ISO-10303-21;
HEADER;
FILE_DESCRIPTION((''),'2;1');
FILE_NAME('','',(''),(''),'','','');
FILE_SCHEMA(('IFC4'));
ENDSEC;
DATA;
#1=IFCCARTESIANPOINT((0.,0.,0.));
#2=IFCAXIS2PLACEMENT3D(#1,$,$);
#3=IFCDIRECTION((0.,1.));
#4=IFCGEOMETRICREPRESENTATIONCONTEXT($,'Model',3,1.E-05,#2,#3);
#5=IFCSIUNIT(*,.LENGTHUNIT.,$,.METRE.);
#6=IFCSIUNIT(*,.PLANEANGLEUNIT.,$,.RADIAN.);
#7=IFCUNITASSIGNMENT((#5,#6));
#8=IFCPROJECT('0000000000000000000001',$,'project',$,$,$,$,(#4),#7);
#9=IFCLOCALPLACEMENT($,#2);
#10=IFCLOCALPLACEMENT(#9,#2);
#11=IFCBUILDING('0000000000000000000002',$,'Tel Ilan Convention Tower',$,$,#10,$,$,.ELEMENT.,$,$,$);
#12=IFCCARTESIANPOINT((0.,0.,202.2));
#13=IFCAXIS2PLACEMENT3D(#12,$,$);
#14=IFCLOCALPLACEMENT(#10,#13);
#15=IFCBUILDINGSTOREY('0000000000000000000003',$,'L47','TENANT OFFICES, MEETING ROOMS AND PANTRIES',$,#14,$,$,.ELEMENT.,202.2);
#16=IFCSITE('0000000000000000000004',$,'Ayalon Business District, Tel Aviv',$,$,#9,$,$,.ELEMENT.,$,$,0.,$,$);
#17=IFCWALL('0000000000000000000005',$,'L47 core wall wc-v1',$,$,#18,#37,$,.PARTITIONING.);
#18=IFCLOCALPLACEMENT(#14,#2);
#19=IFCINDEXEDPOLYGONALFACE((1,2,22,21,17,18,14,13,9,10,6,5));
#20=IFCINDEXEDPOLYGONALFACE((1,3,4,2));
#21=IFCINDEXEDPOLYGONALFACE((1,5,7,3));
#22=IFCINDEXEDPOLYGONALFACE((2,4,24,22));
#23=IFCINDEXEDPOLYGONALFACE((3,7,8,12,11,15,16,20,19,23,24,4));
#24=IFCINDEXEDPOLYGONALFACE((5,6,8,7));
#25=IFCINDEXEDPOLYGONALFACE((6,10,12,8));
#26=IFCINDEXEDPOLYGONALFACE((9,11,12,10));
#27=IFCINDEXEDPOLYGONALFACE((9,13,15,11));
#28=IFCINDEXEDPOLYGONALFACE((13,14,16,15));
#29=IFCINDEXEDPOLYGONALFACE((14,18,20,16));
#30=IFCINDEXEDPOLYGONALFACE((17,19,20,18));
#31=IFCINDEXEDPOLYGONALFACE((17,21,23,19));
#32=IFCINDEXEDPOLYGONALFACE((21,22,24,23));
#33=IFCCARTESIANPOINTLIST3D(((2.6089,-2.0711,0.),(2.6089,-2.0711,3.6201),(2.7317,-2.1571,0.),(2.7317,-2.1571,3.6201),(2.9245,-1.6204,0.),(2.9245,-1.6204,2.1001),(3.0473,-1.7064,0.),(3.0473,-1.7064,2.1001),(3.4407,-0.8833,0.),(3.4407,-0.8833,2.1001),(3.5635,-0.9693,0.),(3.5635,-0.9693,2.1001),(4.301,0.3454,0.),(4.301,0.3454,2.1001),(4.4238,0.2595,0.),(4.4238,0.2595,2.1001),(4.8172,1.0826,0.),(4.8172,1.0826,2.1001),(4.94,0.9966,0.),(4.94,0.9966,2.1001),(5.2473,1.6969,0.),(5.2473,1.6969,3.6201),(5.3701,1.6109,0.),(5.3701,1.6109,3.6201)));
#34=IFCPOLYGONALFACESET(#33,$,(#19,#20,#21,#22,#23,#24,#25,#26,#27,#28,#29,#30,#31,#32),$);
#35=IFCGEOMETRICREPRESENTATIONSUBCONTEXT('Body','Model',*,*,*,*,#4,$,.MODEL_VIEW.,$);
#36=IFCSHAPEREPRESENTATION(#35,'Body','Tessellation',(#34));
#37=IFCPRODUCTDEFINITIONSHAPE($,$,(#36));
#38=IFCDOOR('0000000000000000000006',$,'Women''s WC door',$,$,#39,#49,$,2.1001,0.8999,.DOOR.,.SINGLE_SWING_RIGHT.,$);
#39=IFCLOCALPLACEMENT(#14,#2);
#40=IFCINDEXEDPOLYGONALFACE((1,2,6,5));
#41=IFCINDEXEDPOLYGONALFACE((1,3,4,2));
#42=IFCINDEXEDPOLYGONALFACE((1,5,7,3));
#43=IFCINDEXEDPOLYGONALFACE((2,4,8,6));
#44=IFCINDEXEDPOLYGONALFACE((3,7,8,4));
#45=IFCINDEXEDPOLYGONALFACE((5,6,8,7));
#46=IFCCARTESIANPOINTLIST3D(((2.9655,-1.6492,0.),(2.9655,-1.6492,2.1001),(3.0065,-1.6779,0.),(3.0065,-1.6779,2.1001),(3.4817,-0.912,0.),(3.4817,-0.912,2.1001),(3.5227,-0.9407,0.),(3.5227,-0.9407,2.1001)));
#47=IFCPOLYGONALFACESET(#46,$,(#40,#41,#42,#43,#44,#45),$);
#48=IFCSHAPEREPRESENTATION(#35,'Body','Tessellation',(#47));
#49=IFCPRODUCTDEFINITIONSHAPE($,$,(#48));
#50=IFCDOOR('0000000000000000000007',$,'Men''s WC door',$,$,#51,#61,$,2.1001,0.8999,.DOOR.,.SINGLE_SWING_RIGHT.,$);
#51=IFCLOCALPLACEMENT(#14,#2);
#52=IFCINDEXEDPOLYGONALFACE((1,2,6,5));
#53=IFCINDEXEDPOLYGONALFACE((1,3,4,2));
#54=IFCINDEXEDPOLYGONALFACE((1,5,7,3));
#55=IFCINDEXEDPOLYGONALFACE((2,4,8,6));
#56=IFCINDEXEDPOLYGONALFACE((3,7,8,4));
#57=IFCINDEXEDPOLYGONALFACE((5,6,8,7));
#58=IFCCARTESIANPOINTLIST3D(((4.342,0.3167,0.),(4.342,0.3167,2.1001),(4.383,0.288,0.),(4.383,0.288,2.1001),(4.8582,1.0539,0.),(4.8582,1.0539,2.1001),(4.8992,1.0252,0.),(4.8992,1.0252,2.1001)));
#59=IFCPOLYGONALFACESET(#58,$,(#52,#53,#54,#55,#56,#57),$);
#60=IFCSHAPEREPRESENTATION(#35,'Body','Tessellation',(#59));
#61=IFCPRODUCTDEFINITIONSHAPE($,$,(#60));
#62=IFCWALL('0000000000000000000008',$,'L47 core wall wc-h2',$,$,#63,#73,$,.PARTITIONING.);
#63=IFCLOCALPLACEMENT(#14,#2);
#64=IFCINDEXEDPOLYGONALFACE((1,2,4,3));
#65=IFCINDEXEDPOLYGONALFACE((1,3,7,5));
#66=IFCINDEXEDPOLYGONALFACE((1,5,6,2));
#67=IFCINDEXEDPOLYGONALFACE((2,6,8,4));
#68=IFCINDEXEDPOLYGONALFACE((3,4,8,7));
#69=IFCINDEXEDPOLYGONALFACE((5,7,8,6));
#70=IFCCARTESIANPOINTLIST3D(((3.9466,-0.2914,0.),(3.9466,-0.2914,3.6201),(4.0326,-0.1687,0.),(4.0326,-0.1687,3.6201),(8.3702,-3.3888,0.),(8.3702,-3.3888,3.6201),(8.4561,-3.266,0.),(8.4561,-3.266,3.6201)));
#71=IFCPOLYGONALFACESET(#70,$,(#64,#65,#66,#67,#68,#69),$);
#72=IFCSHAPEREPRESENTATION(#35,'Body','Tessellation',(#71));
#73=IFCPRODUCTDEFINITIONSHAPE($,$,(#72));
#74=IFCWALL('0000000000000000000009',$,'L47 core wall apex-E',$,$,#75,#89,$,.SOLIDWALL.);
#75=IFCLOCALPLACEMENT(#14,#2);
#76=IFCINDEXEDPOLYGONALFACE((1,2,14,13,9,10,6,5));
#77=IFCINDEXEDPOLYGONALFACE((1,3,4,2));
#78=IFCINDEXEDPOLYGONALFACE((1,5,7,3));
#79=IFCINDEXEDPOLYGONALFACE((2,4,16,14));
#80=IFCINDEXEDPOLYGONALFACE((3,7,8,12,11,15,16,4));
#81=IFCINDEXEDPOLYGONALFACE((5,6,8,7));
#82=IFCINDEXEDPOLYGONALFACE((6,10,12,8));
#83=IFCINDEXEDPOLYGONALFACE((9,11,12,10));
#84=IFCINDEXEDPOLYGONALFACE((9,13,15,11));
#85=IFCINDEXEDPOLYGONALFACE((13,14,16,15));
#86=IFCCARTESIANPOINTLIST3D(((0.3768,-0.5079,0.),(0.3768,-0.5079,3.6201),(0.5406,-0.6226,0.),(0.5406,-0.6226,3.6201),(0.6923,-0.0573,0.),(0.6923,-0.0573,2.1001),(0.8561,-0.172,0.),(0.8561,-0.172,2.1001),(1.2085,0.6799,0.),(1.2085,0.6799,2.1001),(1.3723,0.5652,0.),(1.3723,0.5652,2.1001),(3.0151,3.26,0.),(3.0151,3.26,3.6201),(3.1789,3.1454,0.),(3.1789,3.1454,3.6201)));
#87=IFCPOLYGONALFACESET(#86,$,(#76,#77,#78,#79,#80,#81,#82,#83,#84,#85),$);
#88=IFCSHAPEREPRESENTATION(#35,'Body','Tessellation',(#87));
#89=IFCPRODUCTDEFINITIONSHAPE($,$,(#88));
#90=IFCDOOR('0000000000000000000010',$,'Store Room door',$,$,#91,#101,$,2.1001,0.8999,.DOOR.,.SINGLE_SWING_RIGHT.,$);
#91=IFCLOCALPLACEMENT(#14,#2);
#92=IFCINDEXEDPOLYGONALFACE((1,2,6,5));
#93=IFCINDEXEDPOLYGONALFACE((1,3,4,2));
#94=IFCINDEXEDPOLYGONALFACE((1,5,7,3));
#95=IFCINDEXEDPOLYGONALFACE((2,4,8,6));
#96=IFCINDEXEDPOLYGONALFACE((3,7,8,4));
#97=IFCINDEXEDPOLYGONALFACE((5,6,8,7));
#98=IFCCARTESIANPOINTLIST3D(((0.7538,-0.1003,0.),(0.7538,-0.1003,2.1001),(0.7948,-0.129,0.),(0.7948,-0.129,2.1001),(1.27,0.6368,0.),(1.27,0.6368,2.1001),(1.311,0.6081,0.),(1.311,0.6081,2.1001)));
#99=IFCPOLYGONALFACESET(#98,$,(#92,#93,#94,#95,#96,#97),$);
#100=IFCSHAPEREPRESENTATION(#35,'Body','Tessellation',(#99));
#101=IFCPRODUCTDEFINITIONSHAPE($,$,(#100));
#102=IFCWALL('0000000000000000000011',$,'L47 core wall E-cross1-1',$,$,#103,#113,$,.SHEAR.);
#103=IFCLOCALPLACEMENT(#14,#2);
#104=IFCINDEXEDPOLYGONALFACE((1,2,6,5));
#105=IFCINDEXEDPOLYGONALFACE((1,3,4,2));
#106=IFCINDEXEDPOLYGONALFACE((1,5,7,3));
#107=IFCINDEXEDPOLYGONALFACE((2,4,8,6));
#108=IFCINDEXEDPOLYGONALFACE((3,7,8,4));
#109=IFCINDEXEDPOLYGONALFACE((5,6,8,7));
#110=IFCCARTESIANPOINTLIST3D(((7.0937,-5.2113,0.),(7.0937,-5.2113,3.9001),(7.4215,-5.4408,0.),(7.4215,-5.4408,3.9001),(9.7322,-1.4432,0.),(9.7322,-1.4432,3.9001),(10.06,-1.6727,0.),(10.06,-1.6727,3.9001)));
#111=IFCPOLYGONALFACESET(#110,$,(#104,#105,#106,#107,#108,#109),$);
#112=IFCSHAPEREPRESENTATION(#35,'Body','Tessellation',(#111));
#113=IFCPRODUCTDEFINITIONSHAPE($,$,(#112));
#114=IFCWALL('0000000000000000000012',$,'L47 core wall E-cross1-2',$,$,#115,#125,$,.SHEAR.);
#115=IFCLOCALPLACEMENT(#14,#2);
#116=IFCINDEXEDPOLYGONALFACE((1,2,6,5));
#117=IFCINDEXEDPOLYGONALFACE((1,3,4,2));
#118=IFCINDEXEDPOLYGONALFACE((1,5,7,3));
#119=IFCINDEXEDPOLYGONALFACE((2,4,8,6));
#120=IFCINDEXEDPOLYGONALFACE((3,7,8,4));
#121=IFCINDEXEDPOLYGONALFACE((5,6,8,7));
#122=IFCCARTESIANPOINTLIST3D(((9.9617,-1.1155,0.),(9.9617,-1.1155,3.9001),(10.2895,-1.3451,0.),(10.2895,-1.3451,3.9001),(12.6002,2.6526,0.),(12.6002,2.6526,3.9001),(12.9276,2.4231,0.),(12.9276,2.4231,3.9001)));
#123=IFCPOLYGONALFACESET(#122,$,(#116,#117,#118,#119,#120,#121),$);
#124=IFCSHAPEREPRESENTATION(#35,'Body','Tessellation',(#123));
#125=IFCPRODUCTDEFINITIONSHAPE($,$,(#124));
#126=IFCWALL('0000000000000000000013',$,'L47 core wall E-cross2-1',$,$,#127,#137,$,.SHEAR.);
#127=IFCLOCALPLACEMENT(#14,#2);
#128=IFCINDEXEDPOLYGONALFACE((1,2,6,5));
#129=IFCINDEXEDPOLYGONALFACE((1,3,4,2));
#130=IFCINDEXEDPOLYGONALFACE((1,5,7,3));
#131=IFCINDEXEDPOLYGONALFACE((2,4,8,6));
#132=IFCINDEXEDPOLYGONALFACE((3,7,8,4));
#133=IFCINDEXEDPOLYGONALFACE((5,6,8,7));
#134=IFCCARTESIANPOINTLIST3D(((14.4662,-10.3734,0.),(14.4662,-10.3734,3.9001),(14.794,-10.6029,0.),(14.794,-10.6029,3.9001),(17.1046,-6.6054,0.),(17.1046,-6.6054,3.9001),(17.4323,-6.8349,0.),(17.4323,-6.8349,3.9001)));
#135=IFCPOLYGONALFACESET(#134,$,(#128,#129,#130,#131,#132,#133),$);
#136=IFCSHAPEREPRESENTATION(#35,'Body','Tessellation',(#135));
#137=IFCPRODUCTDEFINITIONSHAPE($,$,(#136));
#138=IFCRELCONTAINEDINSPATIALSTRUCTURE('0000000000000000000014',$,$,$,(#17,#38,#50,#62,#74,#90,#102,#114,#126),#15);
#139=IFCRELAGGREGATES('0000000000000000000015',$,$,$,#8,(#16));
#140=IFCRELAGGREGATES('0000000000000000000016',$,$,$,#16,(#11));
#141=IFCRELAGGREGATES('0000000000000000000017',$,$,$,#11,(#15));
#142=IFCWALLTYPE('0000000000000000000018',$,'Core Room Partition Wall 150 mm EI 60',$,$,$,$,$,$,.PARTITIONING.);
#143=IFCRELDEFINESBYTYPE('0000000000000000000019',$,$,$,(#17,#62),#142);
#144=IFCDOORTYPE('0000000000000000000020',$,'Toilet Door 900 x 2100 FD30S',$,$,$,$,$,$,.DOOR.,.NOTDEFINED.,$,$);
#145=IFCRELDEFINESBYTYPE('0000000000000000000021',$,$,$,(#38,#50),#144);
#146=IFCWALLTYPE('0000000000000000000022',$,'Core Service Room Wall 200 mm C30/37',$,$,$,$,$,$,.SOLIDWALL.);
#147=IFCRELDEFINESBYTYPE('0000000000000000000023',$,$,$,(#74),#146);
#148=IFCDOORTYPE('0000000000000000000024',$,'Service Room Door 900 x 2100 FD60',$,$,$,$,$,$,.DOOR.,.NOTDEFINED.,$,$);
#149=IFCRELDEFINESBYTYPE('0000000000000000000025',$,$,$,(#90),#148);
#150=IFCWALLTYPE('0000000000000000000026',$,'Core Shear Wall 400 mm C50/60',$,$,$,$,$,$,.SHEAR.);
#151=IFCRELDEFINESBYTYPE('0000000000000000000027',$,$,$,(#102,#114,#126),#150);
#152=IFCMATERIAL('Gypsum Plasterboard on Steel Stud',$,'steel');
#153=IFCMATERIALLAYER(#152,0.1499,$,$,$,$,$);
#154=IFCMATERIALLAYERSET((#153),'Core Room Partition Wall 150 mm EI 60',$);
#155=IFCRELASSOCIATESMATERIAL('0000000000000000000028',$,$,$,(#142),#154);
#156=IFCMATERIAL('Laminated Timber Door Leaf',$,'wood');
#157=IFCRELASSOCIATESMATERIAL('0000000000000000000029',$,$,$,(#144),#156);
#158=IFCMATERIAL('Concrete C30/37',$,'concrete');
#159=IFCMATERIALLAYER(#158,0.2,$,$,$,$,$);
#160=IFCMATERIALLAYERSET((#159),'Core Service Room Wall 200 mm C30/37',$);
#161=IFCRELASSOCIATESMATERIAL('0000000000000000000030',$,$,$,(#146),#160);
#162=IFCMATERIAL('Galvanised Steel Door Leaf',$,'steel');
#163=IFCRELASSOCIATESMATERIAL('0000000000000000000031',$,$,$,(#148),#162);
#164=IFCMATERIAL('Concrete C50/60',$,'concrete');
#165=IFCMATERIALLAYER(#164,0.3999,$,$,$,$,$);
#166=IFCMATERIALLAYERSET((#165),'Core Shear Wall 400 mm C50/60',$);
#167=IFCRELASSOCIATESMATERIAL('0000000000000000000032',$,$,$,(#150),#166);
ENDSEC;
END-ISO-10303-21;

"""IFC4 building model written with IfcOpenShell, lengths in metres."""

from ifc_helpers import new_model, si_unit, direction, frame, frame_2d, origin, place, context, subcontext, project, spatial, polyline, rectangle, outline, extrude, material, layer, layer_set, type_object, element, fill, save


model = new_model("IFC4")

# Units and contexts
model_context = context("Model", 3, precision=1e-05, world=origin(), true_north=direction((0.0, 1.0)))
body_context = subcontext(model_context, "Body", "Model", "MODEL_VIEW")
ifc_project = project(units=[si_unit("LENGTHUNIT", "METRE"), si_unit("PLANEANGLEUNIT", "RADIAN")], contexts=[model_context])

# Site, building, storey
site_placement = place(None, origin())
site = spatial("IfcSite", under=ifc_project, at=site_placement, Name="Ayalon Business District, Tel Aviv", CompositionType="ELEMENT", RefElevation=0.0)
building_placement = place(site_placement, origin())
building = spatial("IfcBuilding", under=site, at=building_placement, Name="Tel Ilan Convention Tower", CompositionType="ELEMENT")
storey_placement = place(building_placement, frame((0.0, 0.0, 202.2)))
storey = spatial("IfcBuildingStorey", under=building, at=storey_placement, Name="L47", Description="TENANT OFFICES, MEETING ROOMS AND PANTRIES", CompositionType="ELEMENT", Elevation=202.2)

# Wall, openings, doors
ifc_material_1 = material(Name="Gypsum Plasterboard on Steel Stud", Category="steel")
ifc_layer_1 = layer(ifc_material_1, 0.1499)
ifc_layer_set_1 = layer_set([ifc_layer_1], Name="Core Room Partition Wall 150 mm EI 60")
wall_type_1 = type_object("IfcWallType", Name="Core Room Partition Wall 150 mm EI 60", PredefinedType="PARTITIONING", material=ifc_layer_set_1)
wall_1_placement = place(storey_placement, frame((2.6704, -2.114, 0.0), z_axis=(0.0, 0.0, 1.0), x_axis=(0.573576, 0.819152, 0.0)))
wall_1 = element("IfcWall", 1, at=wall_1_placement, inside=storey, type_object=wall_type_1, Name="L47 core wall wc-v1", PredefinedType="PARTITIONING", context=body_context, shape_type="SweptSolid", body=[
    extrude(rectangle(XDim=4.5999, YDim=0.1499, at=frame_2d((2.2998, 0.0))), origin(), (0.0, 0.0, 1.0), 3.6201),
])
opening_1_placement = place(wall_1_placement, frame((0.55, 0.0, 0.0)))
opening_1 = element("IfcOpeningElement", 2, at=opening_1_placement, cuts=wall_1, PredefinedType="OPENING", context=body_context, shape_type="SweptSolid", body=[
    extrude(rectangle(XDim=0.8999, YDim=2.1001, at=frame_2d((0.45, 1.05))), frame((0.0, 0.085, 0.0), z_axis=(0.0, -1.0, 0.0), x_axis=(1.0, 0.0, 0.0)), (0.0, 0.0, 1.0), 0.1699),
])
opening_2_placement = place(wall_1_placement, frame((2.95, 0.0, 0.0)))
opening_2 = element("IfcOpeningElement", 3, at=opening_2_placement, cuts=wall_1, PredefinedType="OPENING", context=body_context, shape_type="SweptSolid", body=[
    extrude(rectangle(XDim=0.8999, YDim=2.1001, at=frame_2d((0.45, 1.05))), frame((0.0, 0.085, 0.0), z_axis=(0.0, -1.0, 0.0), x_axis=(1.0, 0.0, 0.0)), (0.0, 0.0, 1.0), 0.1699),
])
ifc_material_2 = material(Name="Laminated Timber Door Leaf", Category="wood")
door_type_1 = type_object("IfcDoorType", Name="Toilet Door 900 x 2100 FD30S", OperationType="NOTDEFINED", PredefinedType="DOOR", material=ifc_material_2)
door_1_placement = place(opening_1_placement, origin())
door_1 = element("IfcDoor", 4, at=door_1_placement, inside=storey, type_object=door_type_1, Name="Women's WC door", OperationType="SINGLE_SWING_RIGHT", OverallHeight=2.1001, OverallWidth=0.8999, PredefinedType="DOOR", context=body_context, shape_type="SweptSolid", body=[
    extrude(rectangle(XDim=0.8999, YDim=2.1001, at=frame_2d((0.45, 1.05))), frame((0.0, 0.0249, 0.0), z_axis=(0.0, -1.0, 0.0), x_axis=(1.0, 0.0, 0.0)), (0.0, 0.0, 1.0), 0.05),
])
fill(opening_1, door_1)
door_2_placement = place(opening_2_placement, origin())
door_2 = element("IfcDoor", 5, at=door_2_placement, inside=storey, type_object=door_type_1, Name="Men's WC door", OperationType="SINGLE_SWING_RIGHT", OverallHeight=2.1001, OverallWidth=0.8999, PredefinedType="DOOR", context=body_context, shape_type="SweptSolid", body=[
    extrude(rectangle(XDim=0.8999, YDim=2.1001, at=frame_2d((0.45, 1.05))), frame((0.0, 0.0249, 0.0), z_axis=(0.0, -1.0, 0.0), x_axis=(1.0, 0.0, 0.0)), (0.0, 0.0, 1.0), 0.05),
])
fill(opening_2, door_2)

# Wall
wall_2_placement = place(storey_placement, frame((3.9895, -0.23, 0.0), z_axis=(0.0, 0.0, 1.0), x_axis=(0.819153, -0.573575, 0.0)))
element("IfcWall", 6, at=wall_2_placement, inside=storey, type_object=wall_type_1, Name="L47 core wall wc-h2", PredefinedType="PARTITIONING", context=body_context, shape_type="SweptSolid", body=[
    extrude(rectangle(XDim=5.4001, YDim=0.1499, at=frame_2d((2.7002, 0.0))), origin(), (0.0, 0.0, 1.0), 3.6201),
])

# Wall, opening, door
ifc_material_3 = material(Name="Concrete C30/37", Category="concrete")
ifc_layer_2 = layer(ifc_material_3, 0.2)
ifc_layer_set_2 = layer_set([ifc_layer_2], Name="Core Service Room Wall 200 mm C30/37")
wall_type_2 = type_object("IfcWallType", Name="Core Service Room Wall 200 mm C30/37", PredefinedType="SOLIDWALL", material=ifc_layer_set_2)
wall_3_placement = place(storey_placement, frame((0.4587, -0.5652, 0.0), z_axis=(0.0, 0.0, 1.0), x_axis=(0.573576, 0.819152, 0.0)))
wall_3 = element("IfcWall", 7, at=wall_3_placement, inside=storey, type_object=wall_type_2, Name="L47 core wall apex-E", PredefinedType="SOLIDWALL", context=body_context, shape_type="SweptSolid", body=[
    extrude(rectangle(XDim=4.5999, YDim=0.2, at=frame_2d((2.2998, 0.0))), origin(), (0.0, 0.0, 1.0), 3.6201),
])
opening_3_placement = place(wall_3_placement, frame((0.55, 0.0, 0.0)))
opening_3 = element("IfcOpeningElement", 8, at=opening_3_placement, cuts=wall_3, PredefinedType="OPENING", context=body_context, shape_type="SweptSolid", body=[
    extrude(rectangle(XDim=0.8999, YDim=2.1001, at=frame_2d((0.45, 1.05))), frame((0.0, 0.1099, 0.0), z_axis=(0.0, -1.0, 0.0), x_axis=(1.0, 0.0, 0.0)), (0.0, 0.0, 1.0), 0.22),
])
ifc_material_4 = material(Name="Galvanised Steel Door Leaf", Category="steel")
door_type_2 = type_object("IfcDoorType", Name="Service Room Door 900 x 2100 FD60", OperationType="NOTDEFINED", PredefinedType="DOOR", material=ifc_material_4)
door_3_placement = place(opening_3_placement, origin())
door_3 = element("IfcDoor", 9, at=door_3_placement, inside=storey, type_object=door_type_2, Name="Store Room door", OperationType="SINGLE_SWING_RIGHT", OverallHeight=2.1001, OverallWidth=0.8999, PredefinedType="DOOR", context=body_context, shape_type="SweptSolid", body=[
    extrude(rectangle(XDim=0.8999, YDim=2.1001, at=frame_2d((0.45, 1.05))), frame((0.0, 0.0249, 0.0), z_axis=(0.0, -1.0, 0.0), x_axis=(1.0, 0.0, 0.0)), (0.0, 0.0, 1.0), 0.05),
])
fill(opening_3, door_3)

# Walls
ifc_material_5 = material(Name="Concrete C50/60", Category="concrete")
ifc_layer_3 = layer(ifc_material_5, 0.3999)
ifc_layer_set_3 = layer_set([ifc_layer_3], Name="Core Shear Wall 400 mm C50/60")
wall_type_3 = type_object("IfcWallType", Name="Core Shear Wall 400 mm C50/60", PredefinedType="SHEAR", material=ifc_layer_set_3)
wall_4_placement = place(storey_placement, frame((7.2578, -5.3259, 0.0), z_axis=(0.0, 0.0, 1.0), x_axis=(0.573541, 0.819177, 0.0)))
element("IfcWall", 10, at=wall_4_placement, inside=storey, type_object=wall_type_3, Name="L47 core wall E-cross1-1", PredefinedType="SHEAR", context=body_context, shape_type="SweptSolid", body=[
    extrude(outline(polyline([(-0.0002, 0.2002), (-0.0002, -0.2), (4.5999, -0.2002), (4.5999, 0.2), (-0.0002, 0.2002)])), origin(), (0.0, 0.0, 1.0), 3.9001),
])
wall_5_placement = place(storey_placement, frame((10.1255, -1.2302, 0.0), z_axis=(0.0, 0.0, 1.0), x_axis=(0.573576, 0.819152, 0.0)))
element("IfcWall", 11, at=wall_5_placement, inside=storey, type_object=wall_type_3, Name="L47 core wall E-cross1-2", PredefinedType="SHEAR", context=body_context, shape_type="SweptSolid", body=[
    extrude(outline(polyline([(4.5999, -0.2), (4.6001, 0.2), (0.0, 0.2), (0.0, -0.2002), (4.5999, -0.2)])), origin(), (0.0, 0.0, 1.0), 3.9001),
])
wall_6_placement = place(storey_placement, frame((14.6299, -10.4883, 0.0), z_axis=(0.0, 0.0, 1.0), x_axis=(0.573612, 0.819127, 0.0)))
element("IfcWall", 12, at=wall_6_placement, inside=storey, type_object=wall_type_3, Name="L47 core wall E-cross2-1", PredefinedType="SHEAR", context=body_context, shape_type="SweptSolid", body=[
    extrude(outline(polyline([(0.0002, 0.2), (0.0002, -0.2002), (4.6001, -0.2), (4.6001, 0.2002), (0.0002, 0.2)])), origin(), (0.0, 0.0, 1.0), 3.9001),
])

save(model, "model.ifc")
